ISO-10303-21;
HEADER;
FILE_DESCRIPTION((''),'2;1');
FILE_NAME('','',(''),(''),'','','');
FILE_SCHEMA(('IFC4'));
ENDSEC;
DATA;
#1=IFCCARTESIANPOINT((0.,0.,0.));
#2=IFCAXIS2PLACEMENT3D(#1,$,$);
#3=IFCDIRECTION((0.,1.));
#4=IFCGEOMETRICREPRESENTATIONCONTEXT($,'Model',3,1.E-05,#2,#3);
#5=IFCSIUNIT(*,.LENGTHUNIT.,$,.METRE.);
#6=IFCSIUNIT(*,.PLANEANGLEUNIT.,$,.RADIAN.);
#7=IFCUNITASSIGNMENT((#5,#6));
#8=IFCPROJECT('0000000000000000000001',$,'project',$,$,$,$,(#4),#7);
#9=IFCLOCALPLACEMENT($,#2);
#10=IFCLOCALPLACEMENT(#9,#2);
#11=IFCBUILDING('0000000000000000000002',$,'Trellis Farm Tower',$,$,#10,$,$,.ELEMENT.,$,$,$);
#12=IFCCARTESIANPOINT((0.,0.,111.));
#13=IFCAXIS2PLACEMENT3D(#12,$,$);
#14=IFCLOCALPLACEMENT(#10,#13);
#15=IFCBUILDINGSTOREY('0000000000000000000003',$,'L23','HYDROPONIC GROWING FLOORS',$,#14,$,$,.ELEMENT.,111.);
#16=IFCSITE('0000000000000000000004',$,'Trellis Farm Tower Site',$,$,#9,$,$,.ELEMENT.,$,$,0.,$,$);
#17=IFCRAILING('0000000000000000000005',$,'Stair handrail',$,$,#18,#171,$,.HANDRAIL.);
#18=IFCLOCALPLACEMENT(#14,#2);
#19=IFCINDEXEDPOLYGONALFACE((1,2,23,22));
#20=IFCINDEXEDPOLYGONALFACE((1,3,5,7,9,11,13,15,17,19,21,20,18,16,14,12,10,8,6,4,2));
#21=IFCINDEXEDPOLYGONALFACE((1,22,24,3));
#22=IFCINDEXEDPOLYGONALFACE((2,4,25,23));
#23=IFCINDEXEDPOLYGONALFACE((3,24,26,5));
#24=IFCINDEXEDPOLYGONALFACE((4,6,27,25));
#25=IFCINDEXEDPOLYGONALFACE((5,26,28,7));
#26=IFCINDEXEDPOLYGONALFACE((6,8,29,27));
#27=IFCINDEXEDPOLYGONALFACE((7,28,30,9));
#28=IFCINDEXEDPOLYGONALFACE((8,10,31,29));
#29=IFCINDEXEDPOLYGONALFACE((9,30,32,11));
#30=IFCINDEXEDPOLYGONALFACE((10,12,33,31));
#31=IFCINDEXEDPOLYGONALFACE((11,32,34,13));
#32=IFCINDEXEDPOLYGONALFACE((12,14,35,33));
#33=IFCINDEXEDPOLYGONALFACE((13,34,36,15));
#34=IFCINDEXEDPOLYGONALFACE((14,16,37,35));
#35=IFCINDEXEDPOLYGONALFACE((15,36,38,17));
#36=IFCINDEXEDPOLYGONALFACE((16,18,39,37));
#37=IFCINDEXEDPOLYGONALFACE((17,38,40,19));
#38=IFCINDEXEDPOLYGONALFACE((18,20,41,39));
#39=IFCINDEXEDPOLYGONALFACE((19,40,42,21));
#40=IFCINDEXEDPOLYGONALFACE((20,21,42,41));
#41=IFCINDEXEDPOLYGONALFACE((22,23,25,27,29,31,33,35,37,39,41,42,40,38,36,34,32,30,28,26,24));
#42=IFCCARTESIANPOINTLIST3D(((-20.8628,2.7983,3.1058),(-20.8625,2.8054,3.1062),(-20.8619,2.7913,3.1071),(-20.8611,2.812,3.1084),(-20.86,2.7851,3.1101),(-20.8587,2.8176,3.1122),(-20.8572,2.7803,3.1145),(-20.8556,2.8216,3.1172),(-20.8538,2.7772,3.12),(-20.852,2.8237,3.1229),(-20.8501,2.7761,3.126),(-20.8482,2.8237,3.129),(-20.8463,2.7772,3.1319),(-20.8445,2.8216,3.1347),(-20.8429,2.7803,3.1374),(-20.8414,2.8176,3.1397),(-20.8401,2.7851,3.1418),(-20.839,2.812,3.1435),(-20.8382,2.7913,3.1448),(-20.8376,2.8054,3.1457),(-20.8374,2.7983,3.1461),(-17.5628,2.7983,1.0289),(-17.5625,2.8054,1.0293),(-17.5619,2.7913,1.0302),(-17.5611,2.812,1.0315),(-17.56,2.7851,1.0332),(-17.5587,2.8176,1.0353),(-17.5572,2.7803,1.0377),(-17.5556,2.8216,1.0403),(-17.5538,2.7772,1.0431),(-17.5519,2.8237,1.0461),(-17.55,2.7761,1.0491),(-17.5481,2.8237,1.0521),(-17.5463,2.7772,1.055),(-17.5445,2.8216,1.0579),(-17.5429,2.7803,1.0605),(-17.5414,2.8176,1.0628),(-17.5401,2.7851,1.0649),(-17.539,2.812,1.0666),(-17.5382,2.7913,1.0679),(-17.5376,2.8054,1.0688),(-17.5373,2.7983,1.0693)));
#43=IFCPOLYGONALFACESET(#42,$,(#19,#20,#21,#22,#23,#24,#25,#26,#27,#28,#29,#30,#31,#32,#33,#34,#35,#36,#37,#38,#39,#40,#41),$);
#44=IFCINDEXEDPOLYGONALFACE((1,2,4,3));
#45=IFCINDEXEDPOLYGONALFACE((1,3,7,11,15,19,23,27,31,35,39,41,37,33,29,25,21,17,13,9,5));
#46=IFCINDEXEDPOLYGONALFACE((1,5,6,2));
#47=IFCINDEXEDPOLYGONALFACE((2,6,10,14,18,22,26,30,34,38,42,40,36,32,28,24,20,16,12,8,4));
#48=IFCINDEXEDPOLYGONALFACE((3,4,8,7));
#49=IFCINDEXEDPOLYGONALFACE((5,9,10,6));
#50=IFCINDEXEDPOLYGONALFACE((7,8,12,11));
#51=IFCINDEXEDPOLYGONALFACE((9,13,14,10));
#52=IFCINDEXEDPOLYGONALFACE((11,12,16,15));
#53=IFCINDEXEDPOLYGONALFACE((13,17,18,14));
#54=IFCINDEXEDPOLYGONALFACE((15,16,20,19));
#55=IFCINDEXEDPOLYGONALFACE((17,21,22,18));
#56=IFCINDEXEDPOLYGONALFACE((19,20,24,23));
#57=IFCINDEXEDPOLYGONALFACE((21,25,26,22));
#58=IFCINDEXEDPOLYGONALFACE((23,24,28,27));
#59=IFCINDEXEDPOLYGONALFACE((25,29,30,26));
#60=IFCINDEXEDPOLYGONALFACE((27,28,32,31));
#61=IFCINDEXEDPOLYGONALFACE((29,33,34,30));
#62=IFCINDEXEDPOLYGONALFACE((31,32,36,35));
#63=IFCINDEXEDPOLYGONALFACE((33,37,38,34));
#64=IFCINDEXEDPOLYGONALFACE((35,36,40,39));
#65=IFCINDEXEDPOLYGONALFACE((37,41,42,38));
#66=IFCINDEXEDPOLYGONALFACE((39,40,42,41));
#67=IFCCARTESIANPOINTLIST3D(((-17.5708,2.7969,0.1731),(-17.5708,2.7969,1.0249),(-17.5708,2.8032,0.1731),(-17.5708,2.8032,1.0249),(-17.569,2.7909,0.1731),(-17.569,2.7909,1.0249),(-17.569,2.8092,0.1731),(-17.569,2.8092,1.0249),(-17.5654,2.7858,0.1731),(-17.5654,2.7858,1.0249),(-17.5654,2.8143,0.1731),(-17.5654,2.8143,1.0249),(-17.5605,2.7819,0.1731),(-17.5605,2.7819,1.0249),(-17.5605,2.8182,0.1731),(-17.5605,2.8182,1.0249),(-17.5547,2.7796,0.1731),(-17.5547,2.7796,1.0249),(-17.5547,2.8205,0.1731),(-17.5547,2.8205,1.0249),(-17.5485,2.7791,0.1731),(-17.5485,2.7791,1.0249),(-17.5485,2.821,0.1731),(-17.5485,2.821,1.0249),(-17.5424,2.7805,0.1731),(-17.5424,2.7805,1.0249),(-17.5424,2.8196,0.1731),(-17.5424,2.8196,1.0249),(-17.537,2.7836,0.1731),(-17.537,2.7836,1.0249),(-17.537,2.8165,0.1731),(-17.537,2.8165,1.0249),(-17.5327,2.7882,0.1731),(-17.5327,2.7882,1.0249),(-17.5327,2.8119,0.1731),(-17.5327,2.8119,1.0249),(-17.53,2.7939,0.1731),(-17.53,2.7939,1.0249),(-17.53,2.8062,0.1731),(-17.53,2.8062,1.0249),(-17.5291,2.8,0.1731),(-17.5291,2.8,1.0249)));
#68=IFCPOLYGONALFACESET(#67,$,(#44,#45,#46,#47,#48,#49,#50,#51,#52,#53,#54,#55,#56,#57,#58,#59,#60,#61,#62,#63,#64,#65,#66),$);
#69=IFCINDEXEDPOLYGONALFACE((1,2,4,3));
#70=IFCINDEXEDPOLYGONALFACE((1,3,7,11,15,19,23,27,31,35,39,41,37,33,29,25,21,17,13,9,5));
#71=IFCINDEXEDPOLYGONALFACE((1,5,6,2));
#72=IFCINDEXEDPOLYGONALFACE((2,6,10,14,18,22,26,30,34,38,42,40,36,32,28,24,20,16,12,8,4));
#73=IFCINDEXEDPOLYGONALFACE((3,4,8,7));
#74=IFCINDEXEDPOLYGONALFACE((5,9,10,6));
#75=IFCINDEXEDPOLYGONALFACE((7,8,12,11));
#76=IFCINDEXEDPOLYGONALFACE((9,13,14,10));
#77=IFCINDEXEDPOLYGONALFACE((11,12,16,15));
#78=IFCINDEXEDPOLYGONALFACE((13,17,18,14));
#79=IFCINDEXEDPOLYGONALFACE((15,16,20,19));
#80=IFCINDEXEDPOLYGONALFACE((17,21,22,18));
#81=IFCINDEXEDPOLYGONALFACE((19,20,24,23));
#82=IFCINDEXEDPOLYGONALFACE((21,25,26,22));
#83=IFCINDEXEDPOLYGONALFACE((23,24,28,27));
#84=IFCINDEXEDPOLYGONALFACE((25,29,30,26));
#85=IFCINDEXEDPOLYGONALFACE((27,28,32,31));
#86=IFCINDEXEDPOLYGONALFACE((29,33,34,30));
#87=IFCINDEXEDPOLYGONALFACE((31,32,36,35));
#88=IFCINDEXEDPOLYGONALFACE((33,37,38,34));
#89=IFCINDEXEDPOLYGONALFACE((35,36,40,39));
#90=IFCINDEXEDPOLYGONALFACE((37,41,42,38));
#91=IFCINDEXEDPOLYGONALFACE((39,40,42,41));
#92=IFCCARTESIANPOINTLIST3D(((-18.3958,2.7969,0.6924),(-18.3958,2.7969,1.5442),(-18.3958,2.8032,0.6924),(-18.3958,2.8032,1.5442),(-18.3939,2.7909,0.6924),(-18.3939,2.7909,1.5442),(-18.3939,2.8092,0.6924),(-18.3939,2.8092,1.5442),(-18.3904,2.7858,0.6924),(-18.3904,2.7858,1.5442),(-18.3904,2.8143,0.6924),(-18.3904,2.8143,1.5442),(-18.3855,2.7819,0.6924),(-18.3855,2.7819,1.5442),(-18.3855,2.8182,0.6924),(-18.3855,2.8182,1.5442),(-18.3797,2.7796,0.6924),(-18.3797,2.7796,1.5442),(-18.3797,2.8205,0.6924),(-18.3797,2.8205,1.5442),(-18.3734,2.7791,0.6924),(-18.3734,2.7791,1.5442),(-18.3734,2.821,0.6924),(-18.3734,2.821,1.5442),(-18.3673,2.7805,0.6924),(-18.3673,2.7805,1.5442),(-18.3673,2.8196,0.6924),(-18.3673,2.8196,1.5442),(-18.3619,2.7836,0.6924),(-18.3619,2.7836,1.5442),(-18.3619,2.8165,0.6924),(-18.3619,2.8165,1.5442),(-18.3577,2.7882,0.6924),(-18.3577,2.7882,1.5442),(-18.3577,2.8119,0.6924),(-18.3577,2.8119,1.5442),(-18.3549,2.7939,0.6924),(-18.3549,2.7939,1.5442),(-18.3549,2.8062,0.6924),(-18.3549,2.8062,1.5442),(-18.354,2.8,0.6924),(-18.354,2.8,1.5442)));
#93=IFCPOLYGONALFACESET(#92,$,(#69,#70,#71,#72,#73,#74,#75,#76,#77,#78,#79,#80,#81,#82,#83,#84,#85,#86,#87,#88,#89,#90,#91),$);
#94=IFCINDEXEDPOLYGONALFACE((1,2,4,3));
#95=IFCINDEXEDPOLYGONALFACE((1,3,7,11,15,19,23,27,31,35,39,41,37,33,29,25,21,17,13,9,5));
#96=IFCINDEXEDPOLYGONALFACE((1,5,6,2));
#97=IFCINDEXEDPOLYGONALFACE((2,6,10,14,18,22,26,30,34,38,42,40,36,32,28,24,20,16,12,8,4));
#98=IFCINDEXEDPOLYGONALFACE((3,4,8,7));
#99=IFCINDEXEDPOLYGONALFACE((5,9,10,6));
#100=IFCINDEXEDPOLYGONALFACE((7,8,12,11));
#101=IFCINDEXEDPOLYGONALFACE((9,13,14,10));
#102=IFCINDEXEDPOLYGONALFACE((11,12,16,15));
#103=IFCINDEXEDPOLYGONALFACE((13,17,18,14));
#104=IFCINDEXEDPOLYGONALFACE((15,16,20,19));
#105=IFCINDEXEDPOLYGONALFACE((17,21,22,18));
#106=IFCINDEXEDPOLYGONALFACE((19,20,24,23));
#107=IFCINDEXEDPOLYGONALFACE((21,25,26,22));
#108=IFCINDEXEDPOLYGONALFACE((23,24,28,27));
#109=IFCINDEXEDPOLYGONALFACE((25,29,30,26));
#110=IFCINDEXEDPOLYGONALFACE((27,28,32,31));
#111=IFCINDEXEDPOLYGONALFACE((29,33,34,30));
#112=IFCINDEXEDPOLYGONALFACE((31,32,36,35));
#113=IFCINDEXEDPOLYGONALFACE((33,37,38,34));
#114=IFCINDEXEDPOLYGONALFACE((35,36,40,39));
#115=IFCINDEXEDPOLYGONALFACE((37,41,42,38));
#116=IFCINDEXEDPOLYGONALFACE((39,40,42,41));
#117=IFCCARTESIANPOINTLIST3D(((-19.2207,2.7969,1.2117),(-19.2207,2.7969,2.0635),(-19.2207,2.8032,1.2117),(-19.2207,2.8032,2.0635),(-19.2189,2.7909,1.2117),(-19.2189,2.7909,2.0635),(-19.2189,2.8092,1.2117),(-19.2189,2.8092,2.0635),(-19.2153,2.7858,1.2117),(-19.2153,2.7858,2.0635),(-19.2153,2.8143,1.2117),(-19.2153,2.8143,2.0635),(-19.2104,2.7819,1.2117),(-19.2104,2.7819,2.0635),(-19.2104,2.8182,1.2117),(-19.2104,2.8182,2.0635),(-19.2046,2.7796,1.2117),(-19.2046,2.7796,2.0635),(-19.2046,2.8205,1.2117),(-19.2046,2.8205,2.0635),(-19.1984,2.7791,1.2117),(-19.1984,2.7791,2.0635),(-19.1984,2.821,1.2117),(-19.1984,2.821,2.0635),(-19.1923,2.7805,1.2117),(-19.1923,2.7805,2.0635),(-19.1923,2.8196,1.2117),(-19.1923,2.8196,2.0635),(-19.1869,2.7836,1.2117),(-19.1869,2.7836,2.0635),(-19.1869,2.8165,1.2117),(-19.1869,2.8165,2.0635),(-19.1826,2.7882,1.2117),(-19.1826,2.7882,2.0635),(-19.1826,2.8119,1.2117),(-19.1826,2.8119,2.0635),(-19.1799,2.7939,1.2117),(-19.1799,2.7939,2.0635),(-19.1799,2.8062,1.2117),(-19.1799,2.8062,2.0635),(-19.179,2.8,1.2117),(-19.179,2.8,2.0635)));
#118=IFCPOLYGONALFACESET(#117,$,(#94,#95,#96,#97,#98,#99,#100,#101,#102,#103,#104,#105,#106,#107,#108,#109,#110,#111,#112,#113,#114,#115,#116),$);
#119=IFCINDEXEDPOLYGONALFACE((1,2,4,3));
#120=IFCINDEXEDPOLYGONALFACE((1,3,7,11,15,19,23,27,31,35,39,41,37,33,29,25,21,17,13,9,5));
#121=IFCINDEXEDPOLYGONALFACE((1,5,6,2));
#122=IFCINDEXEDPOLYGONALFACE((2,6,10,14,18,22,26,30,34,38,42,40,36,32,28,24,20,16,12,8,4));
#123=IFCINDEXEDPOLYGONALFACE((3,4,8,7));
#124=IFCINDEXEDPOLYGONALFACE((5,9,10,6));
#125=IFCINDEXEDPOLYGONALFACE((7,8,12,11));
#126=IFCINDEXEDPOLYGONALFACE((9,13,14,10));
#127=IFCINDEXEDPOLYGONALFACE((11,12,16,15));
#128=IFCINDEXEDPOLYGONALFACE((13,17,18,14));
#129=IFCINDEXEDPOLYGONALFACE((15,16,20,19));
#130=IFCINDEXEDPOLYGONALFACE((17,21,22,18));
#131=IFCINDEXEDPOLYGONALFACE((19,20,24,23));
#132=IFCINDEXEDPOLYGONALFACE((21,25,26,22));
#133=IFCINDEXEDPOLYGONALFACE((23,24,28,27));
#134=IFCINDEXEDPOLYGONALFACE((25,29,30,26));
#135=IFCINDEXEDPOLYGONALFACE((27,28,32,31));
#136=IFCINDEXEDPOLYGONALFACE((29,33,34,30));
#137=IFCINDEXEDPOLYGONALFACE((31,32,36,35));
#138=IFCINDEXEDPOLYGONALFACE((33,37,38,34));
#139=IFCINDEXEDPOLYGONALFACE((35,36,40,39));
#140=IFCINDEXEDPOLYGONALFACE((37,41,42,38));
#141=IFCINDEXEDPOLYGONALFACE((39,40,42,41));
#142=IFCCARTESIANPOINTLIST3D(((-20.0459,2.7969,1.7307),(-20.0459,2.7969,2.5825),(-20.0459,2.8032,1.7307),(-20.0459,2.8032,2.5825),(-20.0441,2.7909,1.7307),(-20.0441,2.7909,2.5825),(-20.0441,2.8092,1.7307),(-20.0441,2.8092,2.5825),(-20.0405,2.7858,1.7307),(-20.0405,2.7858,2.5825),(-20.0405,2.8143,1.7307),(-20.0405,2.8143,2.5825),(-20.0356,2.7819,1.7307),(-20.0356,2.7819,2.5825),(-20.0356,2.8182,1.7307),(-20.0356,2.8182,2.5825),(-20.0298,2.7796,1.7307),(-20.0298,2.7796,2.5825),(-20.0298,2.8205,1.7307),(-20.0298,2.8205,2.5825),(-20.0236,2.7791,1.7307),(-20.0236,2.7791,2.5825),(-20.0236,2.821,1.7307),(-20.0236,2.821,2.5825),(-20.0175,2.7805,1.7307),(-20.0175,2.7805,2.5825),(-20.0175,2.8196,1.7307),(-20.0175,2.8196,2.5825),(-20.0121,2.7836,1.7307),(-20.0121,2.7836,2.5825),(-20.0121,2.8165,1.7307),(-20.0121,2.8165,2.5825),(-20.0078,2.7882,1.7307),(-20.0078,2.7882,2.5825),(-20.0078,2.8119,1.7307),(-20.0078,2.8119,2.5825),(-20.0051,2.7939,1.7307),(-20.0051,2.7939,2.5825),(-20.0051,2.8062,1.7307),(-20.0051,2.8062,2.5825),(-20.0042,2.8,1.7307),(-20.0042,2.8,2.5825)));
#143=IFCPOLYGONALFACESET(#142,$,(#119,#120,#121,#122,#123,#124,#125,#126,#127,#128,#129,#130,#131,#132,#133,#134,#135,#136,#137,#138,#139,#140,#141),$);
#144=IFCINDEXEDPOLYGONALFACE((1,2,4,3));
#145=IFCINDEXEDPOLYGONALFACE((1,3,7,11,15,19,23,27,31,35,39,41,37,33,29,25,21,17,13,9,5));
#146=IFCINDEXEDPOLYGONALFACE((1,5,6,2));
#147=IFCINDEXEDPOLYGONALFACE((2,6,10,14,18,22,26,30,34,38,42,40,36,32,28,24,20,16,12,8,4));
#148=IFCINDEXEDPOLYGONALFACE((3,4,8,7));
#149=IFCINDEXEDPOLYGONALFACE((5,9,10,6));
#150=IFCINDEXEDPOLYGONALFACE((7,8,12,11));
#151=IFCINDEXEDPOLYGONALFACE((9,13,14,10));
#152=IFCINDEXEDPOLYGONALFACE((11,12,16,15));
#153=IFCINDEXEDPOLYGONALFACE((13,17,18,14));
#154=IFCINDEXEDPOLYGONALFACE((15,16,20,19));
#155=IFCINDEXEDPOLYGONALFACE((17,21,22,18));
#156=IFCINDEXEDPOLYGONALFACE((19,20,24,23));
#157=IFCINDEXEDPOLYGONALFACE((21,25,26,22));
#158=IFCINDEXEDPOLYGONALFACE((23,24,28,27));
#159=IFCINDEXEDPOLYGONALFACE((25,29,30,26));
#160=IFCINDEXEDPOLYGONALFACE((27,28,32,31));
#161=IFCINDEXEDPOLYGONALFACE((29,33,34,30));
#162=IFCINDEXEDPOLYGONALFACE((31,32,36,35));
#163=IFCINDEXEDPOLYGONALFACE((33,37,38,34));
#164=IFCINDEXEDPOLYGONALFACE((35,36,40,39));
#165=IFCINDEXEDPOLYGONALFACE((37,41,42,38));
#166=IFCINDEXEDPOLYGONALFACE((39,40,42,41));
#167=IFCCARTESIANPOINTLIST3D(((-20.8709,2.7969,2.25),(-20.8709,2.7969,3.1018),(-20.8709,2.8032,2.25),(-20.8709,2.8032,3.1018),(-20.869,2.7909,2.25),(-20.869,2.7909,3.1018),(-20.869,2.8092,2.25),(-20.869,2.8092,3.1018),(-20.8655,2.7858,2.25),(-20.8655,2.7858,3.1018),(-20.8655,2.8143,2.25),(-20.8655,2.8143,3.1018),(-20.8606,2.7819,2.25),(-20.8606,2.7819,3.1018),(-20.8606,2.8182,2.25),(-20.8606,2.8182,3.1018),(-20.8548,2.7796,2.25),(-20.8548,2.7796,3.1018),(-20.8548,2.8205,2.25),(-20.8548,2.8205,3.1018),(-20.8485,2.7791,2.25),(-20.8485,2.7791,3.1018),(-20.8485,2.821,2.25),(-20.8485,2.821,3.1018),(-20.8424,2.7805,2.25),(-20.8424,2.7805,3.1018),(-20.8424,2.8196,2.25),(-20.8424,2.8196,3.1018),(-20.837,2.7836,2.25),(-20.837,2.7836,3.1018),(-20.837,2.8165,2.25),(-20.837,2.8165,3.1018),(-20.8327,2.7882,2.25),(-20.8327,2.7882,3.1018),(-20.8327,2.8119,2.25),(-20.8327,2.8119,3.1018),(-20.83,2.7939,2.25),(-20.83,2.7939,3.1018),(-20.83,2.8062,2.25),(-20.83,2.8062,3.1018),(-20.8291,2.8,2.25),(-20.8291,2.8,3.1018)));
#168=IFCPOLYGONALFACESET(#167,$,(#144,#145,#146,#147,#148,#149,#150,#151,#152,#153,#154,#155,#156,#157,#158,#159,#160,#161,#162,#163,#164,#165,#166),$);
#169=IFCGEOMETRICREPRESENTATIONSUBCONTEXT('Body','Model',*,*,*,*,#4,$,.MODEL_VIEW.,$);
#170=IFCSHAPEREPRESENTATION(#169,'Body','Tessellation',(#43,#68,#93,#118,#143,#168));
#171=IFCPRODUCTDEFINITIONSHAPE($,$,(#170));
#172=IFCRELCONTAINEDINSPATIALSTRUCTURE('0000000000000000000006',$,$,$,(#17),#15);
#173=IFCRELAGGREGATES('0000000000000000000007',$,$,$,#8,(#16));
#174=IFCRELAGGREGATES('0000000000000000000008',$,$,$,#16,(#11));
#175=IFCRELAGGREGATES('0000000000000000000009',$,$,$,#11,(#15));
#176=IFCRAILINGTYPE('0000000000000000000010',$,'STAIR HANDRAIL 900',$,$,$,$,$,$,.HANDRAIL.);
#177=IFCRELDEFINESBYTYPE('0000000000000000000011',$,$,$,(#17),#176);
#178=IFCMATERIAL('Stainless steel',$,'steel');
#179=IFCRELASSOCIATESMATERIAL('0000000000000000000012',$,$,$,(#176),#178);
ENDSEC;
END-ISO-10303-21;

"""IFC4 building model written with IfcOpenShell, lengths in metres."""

from ifc_helpers import new_model, si_unit, direction, frame, origin, origin_2d, place, context, subcontext, project, spatial, circle, extrude, source, transform, mapped, material, type_object, element, save


model = new_model("IFC4")

# Units and contexts
model_context = context("Model", 3, precision=1e-05, world=origin(), true_north=direction((0.0, 1.0)))
body_context = subcontext(model_context, "Body", "Model", "MODEL_VIEW")
ifc_project = project(units=[si_unit("LENGTHUNIT", "METRE"), si_unit("PLANEANGLEUNIT", "RADIAN")], contexts=[model_context])

# Site, building, storey
site_placement = place(None, origin())
site = spatial("IfcSite", under=ifc_project, at=site_placement, Name="Trellis Farm Tower Site", CompositionType="ELEMENT", RefElevation=0.0)
building_placement = place(site_placement, origin())
building = spatial("IfcBuilding", under=site, at=building_placement, Name="Trellis Farm Tower", CompositionType="ELEMENT")
storey_placement = place(building_placement, frame((0.0, 0.0, 111.0)))
storey = spatial("IfcBuildingStorey", under=building, at=storey_placement, Name="L23", Description="HYDROPONIC GROWING FLOORS", CompositionType="ELEMENT", Elevation=111.0)

# Railing
ifc_material_1 = material(Name="Stainless steel", Category="steel")
railing_type = type_object("IfcRailingType", Name="STAIR HANDRAIL 900", PredefinedType="HANDRAIL", material=ifc_material_1)
shared_shape_1 = source(origin(), body_context, "Body", "SweptSolid", [
    extrude(circle(Radius=0.0239, at=origin_2d()), frame((0.0, 0.0, 0.876), z_axis=(-0.846337, 0.0, 0.532647), x_axis=(0.0, -1.0, 0.0)), (0.0, 0.0, 1.0), 3.8992),
    extrude(circle(Radius=0.021, at=origin_2d()), origin(), (0.0, 0.0, 1.0), 0.8518),
    extrude(circle(Radius=0.021, at=origin_2d()), frame((-0.825, 0.0, 0.5193)), (0.0, 0.0, 1.0), 0.8518),
    extrude(circle(Radius=0.021, at=origin_2d()), frame((-1.6499, 0.0, 1.0386)), (0.0, 0.0, 1.0), 0.8518),
    extrude(circle(Radius=0.021, at=origin_2d()), frame((-2.4751, 0.0, 1.5576)), (0.0, 0.0, 1.0), 0.8518),
    extrude(circle(Radius=0.021, at=origin_2d()), frame((-3.3, 0.0, 2.0769)), (0.0, 0.0, 1.0), 0.8518),
])
for number, where, name in (
    (1, (-17.55, 2.8, 0.1731), "Stair handrail"),
):
    element("IfcRailing", number, at=place(storey_placement, frame(where)), inside=storey, type_object=railing_type, Name=name, PredefinedType="HANDRAIL", context=body_context, shape_type="MappedRepresentation", body=[
        mapped(shared_shape_1, transform((0.0, 0.0, 0.0))),
    ])

save(model, "model.ifc")
